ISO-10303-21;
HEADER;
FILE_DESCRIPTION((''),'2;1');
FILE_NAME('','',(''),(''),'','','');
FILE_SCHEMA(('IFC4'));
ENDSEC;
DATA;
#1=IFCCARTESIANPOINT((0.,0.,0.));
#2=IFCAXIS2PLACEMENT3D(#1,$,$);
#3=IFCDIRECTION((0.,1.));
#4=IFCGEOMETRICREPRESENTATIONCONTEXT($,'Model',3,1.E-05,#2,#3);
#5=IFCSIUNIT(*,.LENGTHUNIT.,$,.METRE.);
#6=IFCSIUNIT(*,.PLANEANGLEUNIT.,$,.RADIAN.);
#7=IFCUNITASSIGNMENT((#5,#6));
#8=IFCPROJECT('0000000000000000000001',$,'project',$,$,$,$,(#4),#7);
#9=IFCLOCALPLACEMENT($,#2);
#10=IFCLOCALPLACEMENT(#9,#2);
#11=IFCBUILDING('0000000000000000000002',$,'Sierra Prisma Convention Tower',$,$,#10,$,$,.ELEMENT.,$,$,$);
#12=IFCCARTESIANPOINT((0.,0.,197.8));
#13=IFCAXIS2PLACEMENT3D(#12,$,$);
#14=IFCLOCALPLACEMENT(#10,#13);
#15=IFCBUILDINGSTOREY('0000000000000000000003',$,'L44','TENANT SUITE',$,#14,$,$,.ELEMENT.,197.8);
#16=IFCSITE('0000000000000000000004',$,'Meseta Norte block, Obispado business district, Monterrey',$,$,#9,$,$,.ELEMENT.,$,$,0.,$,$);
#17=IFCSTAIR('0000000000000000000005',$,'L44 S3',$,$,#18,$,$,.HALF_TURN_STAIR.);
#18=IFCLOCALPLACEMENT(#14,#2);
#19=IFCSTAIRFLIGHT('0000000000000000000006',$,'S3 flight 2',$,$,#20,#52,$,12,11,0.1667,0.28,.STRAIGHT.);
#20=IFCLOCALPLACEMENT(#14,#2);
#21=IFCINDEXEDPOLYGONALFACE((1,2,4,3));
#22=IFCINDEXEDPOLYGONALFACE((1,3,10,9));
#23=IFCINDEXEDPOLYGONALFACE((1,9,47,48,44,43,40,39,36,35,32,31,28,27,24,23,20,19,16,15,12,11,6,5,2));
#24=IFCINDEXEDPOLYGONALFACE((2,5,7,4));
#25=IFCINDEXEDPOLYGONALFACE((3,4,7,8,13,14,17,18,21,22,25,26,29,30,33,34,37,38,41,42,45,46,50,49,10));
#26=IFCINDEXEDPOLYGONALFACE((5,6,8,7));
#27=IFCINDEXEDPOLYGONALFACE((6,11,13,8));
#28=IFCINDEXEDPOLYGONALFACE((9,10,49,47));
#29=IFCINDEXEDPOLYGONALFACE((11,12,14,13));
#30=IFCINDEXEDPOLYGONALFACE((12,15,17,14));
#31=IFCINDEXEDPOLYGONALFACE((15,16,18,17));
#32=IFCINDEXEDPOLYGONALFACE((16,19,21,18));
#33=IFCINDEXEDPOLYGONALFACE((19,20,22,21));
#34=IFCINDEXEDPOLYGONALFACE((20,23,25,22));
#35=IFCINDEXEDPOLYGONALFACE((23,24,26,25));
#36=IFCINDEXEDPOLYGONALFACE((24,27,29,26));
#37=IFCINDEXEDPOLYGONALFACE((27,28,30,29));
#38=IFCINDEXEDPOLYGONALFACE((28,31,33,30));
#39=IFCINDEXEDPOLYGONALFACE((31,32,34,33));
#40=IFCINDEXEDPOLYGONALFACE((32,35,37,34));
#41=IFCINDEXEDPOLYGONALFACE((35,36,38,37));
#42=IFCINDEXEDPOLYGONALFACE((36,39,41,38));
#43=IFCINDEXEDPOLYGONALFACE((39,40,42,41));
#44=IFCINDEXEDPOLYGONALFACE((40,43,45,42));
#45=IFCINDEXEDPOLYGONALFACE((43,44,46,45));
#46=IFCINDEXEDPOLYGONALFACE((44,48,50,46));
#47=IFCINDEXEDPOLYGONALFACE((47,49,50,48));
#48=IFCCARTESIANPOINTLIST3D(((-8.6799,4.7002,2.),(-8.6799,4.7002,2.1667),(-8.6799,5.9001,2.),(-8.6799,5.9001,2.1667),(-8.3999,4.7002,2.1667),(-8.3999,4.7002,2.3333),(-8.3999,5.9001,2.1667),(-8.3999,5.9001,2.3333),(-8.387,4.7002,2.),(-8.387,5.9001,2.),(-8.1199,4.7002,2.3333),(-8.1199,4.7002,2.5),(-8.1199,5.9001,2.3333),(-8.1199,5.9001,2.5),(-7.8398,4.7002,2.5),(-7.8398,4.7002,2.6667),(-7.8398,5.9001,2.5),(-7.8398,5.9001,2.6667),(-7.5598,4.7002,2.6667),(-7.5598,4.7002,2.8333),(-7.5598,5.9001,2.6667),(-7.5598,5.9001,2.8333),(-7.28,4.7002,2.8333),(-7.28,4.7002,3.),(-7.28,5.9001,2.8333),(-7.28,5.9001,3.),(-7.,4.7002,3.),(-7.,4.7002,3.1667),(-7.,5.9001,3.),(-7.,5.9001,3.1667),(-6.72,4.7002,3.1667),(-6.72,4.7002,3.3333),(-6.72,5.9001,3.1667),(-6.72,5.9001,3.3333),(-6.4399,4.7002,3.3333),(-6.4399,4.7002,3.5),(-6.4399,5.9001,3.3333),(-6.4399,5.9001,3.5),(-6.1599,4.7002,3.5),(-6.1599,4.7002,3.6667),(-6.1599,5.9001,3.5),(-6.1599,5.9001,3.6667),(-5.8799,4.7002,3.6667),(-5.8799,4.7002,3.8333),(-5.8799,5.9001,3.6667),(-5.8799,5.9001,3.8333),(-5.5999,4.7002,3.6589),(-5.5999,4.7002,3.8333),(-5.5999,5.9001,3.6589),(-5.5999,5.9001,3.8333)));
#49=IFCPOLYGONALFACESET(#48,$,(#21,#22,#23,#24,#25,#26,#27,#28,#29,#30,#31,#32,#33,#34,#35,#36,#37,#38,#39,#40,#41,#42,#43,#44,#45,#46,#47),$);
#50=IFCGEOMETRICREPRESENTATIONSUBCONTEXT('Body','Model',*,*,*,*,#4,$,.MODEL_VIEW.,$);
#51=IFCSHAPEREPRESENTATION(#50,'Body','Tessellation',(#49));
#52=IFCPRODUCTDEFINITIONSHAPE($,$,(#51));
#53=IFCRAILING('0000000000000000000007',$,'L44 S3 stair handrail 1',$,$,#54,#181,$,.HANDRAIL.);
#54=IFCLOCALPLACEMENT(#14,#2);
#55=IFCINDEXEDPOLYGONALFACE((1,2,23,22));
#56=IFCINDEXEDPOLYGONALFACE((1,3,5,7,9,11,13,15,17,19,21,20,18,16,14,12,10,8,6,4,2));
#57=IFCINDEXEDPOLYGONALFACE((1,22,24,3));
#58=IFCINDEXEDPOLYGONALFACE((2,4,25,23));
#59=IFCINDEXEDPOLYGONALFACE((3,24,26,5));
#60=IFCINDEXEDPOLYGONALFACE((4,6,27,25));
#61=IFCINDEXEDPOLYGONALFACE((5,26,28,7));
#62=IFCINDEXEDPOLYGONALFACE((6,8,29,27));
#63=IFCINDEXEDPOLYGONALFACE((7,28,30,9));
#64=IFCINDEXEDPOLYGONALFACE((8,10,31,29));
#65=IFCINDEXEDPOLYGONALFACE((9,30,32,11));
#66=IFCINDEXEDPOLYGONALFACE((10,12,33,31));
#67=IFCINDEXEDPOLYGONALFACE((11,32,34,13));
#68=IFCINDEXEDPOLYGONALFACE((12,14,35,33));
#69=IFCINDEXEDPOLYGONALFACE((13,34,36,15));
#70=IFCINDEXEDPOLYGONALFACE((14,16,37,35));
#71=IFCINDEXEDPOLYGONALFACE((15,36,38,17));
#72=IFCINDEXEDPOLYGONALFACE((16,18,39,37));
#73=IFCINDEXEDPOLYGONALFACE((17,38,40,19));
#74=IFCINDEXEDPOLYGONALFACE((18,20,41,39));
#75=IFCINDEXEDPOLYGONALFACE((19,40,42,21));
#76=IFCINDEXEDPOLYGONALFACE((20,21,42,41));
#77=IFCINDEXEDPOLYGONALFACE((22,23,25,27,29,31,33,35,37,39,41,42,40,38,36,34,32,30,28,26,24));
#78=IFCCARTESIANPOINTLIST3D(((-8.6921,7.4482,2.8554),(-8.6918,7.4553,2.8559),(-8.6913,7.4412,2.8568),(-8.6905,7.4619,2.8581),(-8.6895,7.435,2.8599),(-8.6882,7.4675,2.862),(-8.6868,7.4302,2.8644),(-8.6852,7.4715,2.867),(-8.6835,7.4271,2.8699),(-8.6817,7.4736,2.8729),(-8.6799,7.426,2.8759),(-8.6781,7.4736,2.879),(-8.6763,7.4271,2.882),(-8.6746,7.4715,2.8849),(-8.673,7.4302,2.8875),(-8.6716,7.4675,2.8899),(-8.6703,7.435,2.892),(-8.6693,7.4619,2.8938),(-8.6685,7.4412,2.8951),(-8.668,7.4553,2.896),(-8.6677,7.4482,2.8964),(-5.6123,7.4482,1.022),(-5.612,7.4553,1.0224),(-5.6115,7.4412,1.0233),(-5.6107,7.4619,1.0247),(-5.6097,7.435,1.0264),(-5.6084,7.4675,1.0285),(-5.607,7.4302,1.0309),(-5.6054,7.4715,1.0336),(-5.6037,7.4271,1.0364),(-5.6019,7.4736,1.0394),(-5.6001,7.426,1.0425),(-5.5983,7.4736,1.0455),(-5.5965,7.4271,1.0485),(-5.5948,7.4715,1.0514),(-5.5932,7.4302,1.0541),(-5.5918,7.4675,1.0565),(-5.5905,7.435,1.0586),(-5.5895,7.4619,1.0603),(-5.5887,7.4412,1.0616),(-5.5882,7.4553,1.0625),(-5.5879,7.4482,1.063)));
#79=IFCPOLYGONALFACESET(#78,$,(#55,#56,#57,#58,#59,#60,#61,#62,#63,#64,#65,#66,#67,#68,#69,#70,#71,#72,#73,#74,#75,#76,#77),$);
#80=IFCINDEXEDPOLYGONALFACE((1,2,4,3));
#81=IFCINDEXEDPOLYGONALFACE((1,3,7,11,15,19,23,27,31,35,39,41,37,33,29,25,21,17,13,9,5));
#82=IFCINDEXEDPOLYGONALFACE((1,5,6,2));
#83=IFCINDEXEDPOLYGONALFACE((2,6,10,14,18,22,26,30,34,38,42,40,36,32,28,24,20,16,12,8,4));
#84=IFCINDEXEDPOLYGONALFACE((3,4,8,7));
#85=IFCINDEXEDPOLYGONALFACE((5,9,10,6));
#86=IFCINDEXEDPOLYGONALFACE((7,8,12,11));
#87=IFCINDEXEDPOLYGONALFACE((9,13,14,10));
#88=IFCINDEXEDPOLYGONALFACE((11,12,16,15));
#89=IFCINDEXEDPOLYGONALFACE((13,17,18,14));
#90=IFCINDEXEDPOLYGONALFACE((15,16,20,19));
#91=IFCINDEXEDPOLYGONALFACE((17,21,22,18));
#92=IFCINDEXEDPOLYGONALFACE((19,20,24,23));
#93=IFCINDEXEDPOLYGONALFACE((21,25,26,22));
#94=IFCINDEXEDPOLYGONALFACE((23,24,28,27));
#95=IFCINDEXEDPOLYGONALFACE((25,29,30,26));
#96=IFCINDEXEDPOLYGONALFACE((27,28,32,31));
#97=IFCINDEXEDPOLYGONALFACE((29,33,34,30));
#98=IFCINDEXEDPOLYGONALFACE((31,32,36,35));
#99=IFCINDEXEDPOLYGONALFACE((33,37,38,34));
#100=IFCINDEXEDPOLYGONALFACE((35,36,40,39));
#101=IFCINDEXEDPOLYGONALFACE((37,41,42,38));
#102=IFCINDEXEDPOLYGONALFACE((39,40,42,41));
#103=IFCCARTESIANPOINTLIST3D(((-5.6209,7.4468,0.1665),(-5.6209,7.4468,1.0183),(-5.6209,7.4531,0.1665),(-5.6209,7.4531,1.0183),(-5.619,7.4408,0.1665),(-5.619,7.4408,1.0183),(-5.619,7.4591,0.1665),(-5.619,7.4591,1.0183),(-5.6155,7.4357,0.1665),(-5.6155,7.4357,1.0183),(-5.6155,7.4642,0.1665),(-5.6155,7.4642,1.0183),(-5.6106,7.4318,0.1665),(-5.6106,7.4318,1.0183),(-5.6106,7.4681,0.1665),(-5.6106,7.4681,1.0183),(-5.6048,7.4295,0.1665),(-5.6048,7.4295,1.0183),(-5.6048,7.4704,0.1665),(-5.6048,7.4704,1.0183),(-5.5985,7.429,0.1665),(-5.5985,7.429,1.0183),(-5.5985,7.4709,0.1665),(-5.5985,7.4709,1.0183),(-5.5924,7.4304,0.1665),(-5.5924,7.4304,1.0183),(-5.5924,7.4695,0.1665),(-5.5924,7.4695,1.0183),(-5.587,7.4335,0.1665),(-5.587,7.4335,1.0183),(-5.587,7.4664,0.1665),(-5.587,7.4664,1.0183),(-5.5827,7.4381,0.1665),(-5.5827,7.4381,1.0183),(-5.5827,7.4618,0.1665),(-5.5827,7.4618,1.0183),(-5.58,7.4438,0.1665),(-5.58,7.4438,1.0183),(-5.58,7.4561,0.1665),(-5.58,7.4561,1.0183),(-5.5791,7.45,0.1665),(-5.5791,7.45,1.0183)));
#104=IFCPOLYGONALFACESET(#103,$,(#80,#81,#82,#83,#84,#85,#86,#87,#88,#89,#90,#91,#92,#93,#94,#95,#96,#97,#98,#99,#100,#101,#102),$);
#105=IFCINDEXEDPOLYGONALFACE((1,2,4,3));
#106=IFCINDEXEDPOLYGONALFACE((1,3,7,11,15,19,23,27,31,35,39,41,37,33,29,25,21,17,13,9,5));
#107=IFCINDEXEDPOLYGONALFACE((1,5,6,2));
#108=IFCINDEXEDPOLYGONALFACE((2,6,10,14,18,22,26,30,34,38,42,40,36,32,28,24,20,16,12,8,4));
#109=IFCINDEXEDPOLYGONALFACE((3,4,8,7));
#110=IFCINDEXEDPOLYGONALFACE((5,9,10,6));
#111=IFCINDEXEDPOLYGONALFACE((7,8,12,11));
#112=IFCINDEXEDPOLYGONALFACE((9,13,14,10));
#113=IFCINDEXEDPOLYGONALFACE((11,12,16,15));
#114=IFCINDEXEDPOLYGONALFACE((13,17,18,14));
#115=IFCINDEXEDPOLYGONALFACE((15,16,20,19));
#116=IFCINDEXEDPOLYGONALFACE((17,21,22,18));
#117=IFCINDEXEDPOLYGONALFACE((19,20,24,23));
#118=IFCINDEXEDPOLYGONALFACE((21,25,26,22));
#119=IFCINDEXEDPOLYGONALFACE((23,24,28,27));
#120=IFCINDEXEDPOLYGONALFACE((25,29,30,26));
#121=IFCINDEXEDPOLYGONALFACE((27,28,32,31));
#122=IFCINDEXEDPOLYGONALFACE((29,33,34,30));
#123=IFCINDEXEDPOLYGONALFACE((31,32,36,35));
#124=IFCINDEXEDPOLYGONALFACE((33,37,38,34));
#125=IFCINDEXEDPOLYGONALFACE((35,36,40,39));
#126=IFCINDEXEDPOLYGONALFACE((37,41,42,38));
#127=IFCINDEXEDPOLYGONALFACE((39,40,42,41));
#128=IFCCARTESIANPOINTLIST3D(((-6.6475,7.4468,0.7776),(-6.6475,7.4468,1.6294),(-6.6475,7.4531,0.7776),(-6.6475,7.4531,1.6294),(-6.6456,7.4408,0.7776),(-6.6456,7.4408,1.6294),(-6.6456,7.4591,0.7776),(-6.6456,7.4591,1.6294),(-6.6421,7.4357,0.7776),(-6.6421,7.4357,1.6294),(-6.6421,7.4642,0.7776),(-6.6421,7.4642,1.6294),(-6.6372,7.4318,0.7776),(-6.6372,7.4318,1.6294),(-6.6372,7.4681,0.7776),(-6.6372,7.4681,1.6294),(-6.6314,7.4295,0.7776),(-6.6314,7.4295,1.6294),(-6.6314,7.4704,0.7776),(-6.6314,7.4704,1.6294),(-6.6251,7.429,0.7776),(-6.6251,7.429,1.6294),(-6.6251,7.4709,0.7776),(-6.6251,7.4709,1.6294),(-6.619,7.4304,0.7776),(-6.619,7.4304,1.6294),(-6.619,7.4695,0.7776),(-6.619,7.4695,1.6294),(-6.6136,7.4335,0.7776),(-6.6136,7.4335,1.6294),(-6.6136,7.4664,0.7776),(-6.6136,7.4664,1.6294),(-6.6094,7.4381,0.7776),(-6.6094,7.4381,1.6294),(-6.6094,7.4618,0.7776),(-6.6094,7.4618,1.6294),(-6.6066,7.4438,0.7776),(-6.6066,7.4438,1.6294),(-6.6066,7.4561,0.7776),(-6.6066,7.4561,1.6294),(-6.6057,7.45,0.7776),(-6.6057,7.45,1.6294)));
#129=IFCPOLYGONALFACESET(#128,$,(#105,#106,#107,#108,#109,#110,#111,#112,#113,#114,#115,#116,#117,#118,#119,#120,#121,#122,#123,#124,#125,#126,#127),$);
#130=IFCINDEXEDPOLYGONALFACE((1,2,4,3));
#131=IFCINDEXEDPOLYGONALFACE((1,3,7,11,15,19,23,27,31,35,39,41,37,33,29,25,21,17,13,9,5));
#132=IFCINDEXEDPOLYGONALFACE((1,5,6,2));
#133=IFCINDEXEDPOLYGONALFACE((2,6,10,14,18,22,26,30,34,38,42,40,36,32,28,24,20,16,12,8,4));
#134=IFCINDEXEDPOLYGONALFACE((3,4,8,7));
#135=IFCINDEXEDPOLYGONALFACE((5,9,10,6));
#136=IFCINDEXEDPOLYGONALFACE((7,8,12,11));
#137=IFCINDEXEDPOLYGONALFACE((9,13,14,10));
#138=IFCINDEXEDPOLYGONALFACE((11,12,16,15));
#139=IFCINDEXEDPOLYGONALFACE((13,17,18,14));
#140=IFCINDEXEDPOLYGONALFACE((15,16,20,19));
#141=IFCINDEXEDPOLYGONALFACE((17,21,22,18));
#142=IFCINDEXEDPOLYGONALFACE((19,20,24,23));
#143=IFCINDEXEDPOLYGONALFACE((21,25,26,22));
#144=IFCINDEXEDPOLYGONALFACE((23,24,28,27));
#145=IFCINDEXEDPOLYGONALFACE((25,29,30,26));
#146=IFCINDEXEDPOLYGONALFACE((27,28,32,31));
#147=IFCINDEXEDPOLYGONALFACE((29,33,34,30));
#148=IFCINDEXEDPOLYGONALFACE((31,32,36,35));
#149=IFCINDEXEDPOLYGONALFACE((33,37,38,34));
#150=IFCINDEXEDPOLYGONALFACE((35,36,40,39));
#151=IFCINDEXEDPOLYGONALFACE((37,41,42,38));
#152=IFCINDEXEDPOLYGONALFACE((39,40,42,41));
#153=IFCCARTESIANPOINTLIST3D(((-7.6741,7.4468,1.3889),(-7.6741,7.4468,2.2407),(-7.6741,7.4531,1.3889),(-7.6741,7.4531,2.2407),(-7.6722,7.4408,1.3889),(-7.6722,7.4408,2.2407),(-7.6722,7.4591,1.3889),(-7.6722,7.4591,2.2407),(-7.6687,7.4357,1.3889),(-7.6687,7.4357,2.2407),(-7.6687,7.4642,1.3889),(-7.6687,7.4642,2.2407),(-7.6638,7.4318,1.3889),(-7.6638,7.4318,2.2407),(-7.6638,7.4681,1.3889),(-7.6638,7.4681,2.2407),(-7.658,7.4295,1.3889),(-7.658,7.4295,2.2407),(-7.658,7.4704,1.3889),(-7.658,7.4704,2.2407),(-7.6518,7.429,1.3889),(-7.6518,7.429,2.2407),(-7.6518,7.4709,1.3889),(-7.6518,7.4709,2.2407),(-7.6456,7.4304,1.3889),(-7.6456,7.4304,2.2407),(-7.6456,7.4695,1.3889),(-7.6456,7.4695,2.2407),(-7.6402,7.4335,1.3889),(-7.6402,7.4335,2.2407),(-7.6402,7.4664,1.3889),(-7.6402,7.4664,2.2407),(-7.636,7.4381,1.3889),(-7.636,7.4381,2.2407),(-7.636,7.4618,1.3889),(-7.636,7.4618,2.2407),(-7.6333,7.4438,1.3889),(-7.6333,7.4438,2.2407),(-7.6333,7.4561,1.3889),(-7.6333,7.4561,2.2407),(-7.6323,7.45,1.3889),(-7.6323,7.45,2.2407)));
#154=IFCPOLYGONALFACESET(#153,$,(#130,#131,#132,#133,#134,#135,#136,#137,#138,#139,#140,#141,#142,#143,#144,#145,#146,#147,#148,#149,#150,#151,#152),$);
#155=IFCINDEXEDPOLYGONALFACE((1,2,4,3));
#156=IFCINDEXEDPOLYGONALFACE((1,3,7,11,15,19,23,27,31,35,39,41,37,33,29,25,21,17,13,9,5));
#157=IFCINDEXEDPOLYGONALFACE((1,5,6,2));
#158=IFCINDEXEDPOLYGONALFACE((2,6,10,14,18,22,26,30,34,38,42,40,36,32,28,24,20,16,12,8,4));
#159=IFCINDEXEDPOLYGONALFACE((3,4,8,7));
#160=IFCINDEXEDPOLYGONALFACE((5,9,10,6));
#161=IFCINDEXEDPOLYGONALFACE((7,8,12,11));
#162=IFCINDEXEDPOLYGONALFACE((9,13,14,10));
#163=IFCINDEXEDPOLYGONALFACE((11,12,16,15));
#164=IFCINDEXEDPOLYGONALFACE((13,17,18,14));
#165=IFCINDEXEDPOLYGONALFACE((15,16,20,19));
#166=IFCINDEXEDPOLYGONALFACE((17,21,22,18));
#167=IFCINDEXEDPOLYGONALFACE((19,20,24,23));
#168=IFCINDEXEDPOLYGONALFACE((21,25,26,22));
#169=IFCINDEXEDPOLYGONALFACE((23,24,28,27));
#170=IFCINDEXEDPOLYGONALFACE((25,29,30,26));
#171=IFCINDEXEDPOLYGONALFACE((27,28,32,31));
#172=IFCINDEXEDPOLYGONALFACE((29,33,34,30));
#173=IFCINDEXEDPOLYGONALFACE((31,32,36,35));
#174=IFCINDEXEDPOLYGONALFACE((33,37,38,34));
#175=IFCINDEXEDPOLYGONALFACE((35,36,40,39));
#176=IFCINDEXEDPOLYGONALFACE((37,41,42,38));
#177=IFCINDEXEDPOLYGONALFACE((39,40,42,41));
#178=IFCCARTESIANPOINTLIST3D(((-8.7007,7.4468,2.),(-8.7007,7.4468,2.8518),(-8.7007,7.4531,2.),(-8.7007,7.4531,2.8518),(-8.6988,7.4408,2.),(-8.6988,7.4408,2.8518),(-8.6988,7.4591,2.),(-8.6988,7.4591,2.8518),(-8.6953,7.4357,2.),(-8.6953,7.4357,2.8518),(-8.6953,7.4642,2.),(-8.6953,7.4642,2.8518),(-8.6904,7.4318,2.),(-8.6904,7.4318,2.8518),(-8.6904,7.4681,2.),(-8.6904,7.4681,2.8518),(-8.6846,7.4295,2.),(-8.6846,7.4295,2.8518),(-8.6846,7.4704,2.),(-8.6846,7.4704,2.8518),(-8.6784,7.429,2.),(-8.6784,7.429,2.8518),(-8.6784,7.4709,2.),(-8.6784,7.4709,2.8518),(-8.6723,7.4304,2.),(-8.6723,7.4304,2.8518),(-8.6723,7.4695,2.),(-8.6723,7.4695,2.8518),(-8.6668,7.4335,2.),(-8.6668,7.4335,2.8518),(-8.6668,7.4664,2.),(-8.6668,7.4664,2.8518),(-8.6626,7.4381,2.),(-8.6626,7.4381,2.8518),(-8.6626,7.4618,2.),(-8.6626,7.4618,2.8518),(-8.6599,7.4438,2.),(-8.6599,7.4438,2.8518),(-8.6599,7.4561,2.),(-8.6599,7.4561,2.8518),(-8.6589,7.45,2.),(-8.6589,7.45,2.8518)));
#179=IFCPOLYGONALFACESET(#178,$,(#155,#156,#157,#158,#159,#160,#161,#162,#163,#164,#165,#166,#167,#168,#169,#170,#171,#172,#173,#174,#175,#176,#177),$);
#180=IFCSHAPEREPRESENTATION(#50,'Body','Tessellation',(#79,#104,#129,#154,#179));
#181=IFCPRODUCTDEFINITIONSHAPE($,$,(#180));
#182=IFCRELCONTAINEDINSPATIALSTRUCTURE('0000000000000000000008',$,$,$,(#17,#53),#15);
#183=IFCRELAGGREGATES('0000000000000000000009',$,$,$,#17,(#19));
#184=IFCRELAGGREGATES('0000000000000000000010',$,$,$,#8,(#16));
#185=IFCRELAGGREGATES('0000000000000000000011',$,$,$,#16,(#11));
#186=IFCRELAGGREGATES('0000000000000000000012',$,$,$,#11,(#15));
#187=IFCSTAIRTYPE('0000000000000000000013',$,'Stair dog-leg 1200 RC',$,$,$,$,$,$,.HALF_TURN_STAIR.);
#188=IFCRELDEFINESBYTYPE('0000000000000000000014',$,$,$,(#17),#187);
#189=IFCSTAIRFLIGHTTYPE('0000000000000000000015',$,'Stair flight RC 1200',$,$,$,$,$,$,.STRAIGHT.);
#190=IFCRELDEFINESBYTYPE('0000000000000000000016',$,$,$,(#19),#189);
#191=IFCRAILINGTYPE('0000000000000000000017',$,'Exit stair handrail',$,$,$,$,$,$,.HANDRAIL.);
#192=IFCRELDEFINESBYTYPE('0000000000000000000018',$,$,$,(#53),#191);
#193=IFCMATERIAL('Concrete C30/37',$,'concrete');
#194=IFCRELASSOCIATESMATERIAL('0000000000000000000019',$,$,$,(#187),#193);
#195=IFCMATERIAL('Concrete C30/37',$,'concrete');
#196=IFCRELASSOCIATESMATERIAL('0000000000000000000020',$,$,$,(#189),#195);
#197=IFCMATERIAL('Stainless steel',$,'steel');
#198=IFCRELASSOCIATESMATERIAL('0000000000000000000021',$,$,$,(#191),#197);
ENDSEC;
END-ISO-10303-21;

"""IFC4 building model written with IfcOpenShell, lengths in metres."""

from ifc_helpers import new_model, si_unit, direction, frame, origin, origin_2d, place, context, subcontext, project, spatial, polyline, circle, outline, extrude, material, type_object, element, aggregate, save


model = new_model("IFC4")

# Units and contexts
model_context = context("Model", 3, precision=1e-05, world=origin(), true_north=direction((0.0, 1.0)))
body_context = subcontext(model_context, "Body", "Model", "MODEL_VIEW")
ifc_project = project(units=[si_unit("LENGTHUNIT", "METRE"), si_unit("PLANEANGLEUNIT", "RADIAN")], contexts=[model_context])

# Site, building, storey
site_placement = place(None, origin())
site = spatial("IfcSite", under=ifc_project, at=site_placement, Name="Meseta Norte block, Obispado business district, Monterrey", CompositionType="ELEMENT", RefElevation=0.0)
building_placement = place(site_placement, origin())
building = spatial("IfcBuilding", under=site, at=building_placement, Name="Sierra Prisma Convention Tower", CompositionType="ELEMENT")
storey_placement = place(building_placement, frame((0.0, 0.0, 197.8)))
storey = spatial("IfcBuildingStorey", under=building, at=storey_placement, Name="L44", Description="TENANT SUITE", CompositionType="ELEMENT", Elevation=197.8)

# Stair, stair flight
ifc_material_1 = material(Name="Concrete C30/37", Category="concrete")
stair_type = type_object("IfcStairType", Name="Stair dog-leg 1200 RC", PredefinedType="HALF_TURN_STAIR", material=ifc_material_1)
stair_placement = place(storey_placement, origin())
stair = element("IfcStair", 1, at=stair_placement, inside=storey, type_object=stair_type, Name="L44 S3", PredefinedType="HALF_TURN_STAIR")
ifc_material_2 = material(Name="Concrete C30/37", Category="concrete")
stair_flight_type = type_object("IfcStairFlightType", Name="Stair flight RC 1200", PredefinedType="STRAIGHT", material=ifc_material_2)
stair_flight_1_placement = place(storey_placement, frame((-8.6799, 5.3, 2.0), z_axis=(0.0, 0.0, 1.0), x_axis=(1.0, 0.0, 0.0)))
stair_flight_1 = element("IfcStairFlight", 2, at=stair_flight_1_placement, type_object=stair_flight_type, Name="S3 flight 2", NumberOfRisers=12, NumberOfTreads=11, PredefinedType="STRAIGHT", RiserHeight=0.1667, TreadLength=0.28, context=body_context, shape_type="SweptSolid", body=[
    extrude(outline(polyline([(0.0, 0.0), (0.0, 0.1667), (0.28, 0.1667), (0.28, 0.3333), (0.5601, 0.3333), (0.5601, 0.5), (0.8401, 0.5), (0.8401, 0.6667), (1.1201, 0.6667), (1.1201, 0.8333), (1.3999, 0.8333), (1.3999, 1.0), (1.6799, 1.0), (1.6799, 1.1667), (1.96, 1.1667), (1.96, 1.3333), (2.24, 1.3333), (2.24, 1.5), (2.52, 1.5), (2.52, 1.6667), (2.8, 1.6667), (2.8, 1.8333), (3.0801, 1.8333), (3.0801, 2.0), (3.0801, 1.6589), (0.293, 0.0), (0.0, 0.0)])), frame((0.0, 0.6001, 0.0), z_axis=(0.0, -1.0, 0.0), x_axis=(1.0, 0.0, 0.0)), (0.0, 0.0, 1.0), 1.2),
])
aggregate(stair, [stair_flight_1])

# Railing
ifc_material_3 = material(Name="Stainless steel", Category="steel")
railing_type_1 = type_object("IfcRailingType", Name="Exit stair handrail", PredefinedType="HANDRAIL", material=ifc_material_3)
railing_1_placement = place(storey_placement, frame((-5.6001, 7.45, 0.1665)))
element("IfcRailing", 3, at=railing_1_placement, inside=storey, type_object=railing_type_1, Name="L44 S3 stair handrail 1", PredefinedType="HANDRAIL", context=body_context, shape_type="SweptSolid", body=[
    extrude(circle(Radius=0.0239, at=origin_2d()), frame((0.0, 0.0, 0.876), z_axis=(-0.859261, 0.0, 0.511538), x_axis=(0.0, -1.0, 0.0)), (0.0, 0.0, 1.0), 3.5842),
    extrude(circle(Radius=0.021, at=origin_2d()), origin(), (0.0, 0.0, 1.0), 0.8518),
    extrude(circle(Radius=0.021, at=origin_2d()), frame((-1.0266, 0.0, 0.6111)), (0.0, 0.0, 1.0), 0.8518),
    extrude(circle(Radius=0.021, at=origin_2d()), frame((-2.0532, 0.0, 1.2224)), (0.0, 0.0, 1.0), 0.8518),
    extrude(circle(Radius=0.021, at=origin_2d()), frame((-3.0798, 0.0, 1.8335)), (0.0, 0.0, 1.0), 0.8518),
])

save(model, "model.ifc")
